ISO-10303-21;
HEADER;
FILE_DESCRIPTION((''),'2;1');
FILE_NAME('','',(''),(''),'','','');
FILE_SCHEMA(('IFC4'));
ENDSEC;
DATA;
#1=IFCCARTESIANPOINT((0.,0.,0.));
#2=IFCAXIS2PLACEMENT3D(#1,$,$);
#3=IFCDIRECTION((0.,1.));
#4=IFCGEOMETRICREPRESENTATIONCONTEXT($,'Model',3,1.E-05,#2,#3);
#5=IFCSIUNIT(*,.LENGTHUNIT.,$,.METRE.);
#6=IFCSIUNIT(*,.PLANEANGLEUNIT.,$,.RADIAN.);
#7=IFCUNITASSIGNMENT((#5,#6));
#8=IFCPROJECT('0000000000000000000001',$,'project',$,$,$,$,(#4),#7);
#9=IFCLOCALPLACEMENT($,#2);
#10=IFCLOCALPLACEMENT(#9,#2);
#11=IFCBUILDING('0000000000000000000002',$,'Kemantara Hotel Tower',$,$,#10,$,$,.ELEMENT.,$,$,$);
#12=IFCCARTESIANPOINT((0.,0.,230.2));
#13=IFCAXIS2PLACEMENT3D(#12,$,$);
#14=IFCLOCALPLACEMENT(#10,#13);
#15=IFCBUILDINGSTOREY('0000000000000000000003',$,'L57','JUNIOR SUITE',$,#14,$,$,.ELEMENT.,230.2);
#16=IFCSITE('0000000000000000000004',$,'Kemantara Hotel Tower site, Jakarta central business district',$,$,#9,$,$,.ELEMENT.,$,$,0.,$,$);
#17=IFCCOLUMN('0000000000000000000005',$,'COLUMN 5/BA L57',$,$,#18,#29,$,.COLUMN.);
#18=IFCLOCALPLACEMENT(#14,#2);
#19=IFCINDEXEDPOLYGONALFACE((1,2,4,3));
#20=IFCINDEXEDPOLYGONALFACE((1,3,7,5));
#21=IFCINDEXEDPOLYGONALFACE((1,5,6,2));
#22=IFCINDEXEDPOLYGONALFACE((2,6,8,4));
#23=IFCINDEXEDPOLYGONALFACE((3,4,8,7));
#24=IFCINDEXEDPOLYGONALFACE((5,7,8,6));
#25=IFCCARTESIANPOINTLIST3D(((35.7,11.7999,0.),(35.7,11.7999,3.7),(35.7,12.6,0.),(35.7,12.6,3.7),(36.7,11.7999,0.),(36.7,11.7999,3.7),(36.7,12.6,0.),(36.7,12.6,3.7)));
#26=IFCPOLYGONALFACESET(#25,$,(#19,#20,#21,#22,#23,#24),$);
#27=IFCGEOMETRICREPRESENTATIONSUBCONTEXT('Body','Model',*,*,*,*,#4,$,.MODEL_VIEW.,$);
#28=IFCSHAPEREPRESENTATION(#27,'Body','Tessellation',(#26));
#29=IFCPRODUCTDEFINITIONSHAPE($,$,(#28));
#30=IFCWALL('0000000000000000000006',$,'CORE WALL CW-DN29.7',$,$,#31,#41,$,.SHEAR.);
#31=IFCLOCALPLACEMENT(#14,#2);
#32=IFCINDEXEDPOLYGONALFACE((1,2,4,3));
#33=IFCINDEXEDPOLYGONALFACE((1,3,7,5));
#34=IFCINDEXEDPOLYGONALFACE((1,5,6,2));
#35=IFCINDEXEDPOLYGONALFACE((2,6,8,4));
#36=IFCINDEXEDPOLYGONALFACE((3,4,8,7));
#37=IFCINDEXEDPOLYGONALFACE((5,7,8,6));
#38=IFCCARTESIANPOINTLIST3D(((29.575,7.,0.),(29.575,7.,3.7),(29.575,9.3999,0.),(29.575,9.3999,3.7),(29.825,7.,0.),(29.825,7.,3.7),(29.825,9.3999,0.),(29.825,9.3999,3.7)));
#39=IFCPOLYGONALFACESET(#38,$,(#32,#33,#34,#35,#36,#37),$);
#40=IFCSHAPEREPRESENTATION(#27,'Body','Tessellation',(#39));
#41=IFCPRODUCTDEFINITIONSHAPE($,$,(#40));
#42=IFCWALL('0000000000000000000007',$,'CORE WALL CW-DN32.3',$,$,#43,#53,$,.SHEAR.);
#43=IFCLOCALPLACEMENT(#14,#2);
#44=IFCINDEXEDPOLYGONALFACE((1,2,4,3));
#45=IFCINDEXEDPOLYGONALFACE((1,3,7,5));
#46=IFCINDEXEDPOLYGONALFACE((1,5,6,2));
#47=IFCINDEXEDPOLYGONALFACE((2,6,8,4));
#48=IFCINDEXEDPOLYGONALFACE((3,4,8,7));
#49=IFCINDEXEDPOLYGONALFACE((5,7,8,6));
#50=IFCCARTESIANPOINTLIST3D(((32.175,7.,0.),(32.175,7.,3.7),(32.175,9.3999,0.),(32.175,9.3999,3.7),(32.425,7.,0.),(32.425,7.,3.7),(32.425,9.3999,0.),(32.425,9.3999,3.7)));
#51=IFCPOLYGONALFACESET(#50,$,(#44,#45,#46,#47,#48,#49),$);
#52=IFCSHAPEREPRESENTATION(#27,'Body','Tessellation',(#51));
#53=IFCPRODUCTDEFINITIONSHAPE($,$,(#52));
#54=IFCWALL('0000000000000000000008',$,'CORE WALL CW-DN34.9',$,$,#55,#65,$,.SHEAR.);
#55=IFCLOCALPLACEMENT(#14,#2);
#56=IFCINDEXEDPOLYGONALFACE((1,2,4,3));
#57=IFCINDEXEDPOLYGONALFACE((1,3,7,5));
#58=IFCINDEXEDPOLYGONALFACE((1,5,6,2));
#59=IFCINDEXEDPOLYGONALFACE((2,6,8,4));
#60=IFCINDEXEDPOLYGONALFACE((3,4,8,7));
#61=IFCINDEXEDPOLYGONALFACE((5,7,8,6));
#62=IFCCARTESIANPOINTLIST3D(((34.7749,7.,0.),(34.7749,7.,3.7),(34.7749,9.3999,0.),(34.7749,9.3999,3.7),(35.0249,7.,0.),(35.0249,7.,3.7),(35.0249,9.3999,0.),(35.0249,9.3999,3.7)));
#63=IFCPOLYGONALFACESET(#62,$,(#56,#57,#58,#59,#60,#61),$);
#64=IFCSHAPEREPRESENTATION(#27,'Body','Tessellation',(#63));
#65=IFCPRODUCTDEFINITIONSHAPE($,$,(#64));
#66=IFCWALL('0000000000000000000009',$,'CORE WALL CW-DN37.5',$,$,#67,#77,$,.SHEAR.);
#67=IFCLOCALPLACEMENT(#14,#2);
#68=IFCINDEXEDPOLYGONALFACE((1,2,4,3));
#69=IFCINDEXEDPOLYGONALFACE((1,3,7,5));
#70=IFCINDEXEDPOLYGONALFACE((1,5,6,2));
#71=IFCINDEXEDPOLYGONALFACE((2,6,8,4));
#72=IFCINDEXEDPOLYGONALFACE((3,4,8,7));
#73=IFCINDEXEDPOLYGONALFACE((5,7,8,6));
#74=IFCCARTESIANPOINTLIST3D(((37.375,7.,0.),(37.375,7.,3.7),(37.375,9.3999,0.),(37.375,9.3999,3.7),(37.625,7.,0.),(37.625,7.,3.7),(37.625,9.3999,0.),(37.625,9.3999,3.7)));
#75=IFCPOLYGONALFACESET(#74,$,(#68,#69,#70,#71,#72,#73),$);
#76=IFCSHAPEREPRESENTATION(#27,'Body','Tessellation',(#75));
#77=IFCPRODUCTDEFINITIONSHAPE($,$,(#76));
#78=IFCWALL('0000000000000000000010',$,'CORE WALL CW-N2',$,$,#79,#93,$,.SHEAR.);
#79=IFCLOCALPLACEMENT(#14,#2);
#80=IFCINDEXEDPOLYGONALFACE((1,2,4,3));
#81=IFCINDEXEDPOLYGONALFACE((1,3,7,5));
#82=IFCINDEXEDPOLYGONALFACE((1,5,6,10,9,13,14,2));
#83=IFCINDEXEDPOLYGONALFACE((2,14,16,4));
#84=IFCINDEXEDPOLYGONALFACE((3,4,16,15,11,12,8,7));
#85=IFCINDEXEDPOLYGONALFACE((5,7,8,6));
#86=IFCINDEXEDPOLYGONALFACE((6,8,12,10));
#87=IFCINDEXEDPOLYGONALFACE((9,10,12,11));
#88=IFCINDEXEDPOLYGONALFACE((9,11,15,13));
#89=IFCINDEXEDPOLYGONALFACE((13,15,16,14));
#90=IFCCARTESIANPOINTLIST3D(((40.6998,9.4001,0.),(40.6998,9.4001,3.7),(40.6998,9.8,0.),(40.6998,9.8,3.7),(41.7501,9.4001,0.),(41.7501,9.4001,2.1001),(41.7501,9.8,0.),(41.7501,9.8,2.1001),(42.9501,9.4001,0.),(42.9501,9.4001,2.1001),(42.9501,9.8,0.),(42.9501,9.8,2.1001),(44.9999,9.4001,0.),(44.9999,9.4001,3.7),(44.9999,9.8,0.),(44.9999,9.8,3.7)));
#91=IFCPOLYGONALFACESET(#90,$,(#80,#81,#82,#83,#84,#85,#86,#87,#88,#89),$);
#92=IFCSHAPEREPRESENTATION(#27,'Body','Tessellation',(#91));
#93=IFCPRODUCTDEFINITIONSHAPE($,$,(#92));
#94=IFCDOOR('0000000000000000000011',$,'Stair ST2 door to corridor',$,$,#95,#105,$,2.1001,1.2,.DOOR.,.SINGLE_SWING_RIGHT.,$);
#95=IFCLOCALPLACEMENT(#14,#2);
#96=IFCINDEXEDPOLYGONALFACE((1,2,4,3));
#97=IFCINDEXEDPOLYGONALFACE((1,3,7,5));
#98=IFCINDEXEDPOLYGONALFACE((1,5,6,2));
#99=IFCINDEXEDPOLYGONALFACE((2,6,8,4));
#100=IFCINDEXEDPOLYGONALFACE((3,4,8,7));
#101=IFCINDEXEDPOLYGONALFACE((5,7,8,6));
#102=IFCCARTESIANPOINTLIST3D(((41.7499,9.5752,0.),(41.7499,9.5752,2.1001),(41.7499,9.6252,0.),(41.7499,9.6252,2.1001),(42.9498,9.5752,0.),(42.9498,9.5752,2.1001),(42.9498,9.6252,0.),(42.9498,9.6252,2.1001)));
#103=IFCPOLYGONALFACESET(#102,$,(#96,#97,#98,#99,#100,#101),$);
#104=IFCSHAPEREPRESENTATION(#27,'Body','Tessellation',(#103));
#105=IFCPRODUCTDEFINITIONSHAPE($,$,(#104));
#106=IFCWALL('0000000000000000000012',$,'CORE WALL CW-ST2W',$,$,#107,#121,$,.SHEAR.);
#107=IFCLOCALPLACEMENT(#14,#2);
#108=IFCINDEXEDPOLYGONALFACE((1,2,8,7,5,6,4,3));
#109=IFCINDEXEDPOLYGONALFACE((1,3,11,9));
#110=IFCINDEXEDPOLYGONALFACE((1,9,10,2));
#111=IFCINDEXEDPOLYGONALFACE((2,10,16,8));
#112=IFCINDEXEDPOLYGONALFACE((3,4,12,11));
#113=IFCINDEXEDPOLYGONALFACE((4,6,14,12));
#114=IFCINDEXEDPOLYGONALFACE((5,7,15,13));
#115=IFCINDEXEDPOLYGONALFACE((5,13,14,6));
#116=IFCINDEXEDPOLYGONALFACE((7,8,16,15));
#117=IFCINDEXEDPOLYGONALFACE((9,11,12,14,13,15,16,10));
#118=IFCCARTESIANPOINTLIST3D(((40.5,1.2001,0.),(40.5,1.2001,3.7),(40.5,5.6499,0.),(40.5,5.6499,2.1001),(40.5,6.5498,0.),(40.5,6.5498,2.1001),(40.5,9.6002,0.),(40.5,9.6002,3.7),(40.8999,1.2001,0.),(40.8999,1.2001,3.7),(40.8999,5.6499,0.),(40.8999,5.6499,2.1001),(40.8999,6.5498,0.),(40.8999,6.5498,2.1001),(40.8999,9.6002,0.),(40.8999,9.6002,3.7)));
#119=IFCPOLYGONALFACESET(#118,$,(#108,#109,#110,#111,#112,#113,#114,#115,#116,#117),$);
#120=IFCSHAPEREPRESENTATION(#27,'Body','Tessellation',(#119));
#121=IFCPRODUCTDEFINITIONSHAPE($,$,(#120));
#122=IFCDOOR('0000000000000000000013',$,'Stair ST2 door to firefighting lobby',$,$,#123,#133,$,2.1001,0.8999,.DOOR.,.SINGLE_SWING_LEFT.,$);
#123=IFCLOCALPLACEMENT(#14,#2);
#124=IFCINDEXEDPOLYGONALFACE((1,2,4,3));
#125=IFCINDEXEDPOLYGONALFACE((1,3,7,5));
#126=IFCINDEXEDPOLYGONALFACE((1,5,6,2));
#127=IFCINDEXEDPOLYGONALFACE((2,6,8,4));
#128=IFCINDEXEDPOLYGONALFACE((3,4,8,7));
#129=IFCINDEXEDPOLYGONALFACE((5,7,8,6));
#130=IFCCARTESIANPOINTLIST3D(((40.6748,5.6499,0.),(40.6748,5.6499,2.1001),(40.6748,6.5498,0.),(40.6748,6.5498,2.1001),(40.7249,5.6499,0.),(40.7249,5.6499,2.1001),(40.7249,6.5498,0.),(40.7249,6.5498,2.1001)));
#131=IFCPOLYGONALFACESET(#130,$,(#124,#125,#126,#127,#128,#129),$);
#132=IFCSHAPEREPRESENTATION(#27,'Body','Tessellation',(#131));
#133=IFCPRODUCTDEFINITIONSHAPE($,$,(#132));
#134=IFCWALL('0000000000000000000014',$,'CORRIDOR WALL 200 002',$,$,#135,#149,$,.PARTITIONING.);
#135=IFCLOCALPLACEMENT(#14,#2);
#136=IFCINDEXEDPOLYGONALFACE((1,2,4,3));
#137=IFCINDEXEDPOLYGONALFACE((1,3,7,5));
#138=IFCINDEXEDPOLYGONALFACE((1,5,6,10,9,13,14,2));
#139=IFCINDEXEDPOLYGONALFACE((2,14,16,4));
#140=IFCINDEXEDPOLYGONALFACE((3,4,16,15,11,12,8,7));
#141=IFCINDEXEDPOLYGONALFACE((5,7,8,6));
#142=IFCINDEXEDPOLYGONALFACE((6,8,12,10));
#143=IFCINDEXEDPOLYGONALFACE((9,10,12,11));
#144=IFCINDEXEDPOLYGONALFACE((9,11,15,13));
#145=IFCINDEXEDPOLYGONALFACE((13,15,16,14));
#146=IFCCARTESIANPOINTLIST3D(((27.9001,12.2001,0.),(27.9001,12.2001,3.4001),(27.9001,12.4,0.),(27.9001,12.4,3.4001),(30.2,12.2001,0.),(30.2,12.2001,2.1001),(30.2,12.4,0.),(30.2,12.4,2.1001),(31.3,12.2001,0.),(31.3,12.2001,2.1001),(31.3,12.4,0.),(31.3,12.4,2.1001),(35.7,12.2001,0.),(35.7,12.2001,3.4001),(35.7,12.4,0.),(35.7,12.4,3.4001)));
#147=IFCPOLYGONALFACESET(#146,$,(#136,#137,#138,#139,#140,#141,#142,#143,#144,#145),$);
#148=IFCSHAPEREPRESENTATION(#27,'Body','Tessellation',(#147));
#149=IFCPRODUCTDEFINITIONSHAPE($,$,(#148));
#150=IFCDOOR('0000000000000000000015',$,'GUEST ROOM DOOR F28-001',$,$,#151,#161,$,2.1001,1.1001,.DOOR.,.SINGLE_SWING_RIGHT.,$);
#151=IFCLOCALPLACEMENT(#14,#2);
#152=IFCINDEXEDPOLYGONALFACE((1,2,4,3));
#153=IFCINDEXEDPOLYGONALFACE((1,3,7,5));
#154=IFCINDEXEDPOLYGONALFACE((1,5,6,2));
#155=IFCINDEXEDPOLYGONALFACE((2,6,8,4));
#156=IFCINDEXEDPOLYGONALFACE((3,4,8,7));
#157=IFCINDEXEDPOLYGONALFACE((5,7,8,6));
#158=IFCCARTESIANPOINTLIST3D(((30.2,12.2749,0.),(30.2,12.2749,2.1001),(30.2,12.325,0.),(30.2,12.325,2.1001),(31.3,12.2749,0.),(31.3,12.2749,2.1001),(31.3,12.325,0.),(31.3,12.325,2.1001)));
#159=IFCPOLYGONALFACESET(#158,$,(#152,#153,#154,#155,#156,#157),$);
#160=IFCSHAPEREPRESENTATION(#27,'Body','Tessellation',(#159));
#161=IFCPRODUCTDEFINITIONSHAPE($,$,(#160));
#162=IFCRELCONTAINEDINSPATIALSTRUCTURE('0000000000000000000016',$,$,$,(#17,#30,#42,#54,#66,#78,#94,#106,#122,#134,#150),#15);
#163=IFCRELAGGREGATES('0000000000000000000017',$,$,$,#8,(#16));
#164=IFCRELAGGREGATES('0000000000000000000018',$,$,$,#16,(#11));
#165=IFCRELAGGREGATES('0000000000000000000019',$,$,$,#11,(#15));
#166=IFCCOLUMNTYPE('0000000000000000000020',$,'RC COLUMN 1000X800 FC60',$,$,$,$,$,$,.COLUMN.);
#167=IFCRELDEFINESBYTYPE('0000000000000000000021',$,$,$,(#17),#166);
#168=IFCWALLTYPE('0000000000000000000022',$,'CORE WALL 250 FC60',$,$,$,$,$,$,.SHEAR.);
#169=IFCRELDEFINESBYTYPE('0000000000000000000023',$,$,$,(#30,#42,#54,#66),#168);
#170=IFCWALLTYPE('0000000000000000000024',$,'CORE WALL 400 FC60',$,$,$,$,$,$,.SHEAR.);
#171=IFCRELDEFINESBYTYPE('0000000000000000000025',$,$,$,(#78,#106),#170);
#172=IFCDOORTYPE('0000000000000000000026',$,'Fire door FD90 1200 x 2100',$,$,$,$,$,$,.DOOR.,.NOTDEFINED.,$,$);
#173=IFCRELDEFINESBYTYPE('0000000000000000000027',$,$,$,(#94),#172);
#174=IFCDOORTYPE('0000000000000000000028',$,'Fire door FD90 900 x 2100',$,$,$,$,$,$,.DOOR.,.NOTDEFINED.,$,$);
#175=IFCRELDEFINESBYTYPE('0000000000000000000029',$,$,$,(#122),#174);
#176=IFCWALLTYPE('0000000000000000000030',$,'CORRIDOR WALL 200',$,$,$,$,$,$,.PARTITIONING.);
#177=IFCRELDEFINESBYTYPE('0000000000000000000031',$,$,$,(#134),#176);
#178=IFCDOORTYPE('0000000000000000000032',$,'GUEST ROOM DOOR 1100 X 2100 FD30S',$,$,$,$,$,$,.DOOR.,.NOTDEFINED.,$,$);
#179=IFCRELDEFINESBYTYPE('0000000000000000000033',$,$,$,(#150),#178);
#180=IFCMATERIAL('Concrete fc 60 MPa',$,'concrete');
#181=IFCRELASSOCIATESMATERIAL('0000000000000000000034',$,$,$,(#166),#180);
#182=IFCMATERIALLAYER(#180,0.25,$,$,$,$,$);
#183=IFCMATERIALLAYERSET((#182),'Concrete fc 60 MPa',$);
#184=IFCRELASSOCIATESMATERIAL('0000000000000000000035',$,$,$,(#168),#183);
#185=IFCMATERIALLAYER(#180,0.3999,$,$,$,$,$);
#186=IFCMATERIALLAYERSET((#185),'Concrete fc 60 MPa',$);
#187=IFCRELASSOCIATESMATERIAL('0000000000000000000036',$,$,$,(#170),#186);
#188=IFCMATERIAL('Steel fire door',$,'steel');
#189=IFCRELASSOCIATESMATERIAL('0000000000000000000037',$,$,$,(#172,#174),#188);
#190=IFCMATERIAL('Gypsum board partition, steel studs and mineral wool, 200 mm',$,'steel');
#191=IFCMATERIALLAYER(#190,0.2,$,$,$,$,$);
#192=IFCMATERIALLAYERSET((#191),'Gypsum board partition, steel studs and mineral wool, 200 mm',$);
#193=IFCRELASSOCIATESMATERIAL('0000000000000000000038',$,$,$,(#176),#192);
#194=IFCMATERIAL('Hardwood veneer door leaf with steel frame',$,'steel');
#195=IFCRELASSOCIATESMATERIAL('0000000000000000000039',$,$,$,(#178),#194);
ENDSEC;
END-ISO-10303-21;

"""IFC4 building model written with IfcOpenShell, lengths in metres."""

from ifc_helpers import new_model, si_unit, direction, frame, frame_2d, origin, origin_2d, place, context, subcontext, project, spatial, rectangle, extrude, material, layer, layer_set, material_profile, profile_set, type_object, element, fill, save


model = new_model("IFC4")

# Units and contexts
model_context = context("Model", 3, precision=1e-05, world=origin(), true_north=direction((0.0, 1.0)))
body_context = subcontext(model_context, "Body", "Model", "MODEL_VIEW")
ifc_project = project(units=[si_unit("LENGTHUNIT", "METRE"), si_unit("PLANEANGLEUNIT", "RADIAN")], contexts=[model_context])

# Site, building, storey
site_placement = place(None, origin())
site = spatial("IfcSite", under=ifc_project, at=site_placement, Name="Kemantara Hotel Tower site, Jakarta central business district", CompositionType="ELEMENT", RefElevation=0.0)
building_placement = place(site_placement, origin())
building = spatial("IfcBuilding", under=site, at=building_placement, Name="Kemantara Hotel Tower", CompositionType="ELEMENT")
storey_placement = place(building_placement, frame((0.0, 0.0, 230.2)))
storey = spatial("IfcBuildingStorey", under=building, at=storey_placement, Name="L57", Description="JUNIOR SUITE", CompositionType="ELEMENT", Elevation=230.2)

# Column
ifc_material_1 = material(Name="Concrete fc 60 MPa", Category="concrete")
ifc_material_profile = material_profile(ifc_material_1, rectangle(XDim=1.0, YDim=0.8, at=origin_2d()), Name="RC 1000X800")
ifc_profile_set = profile_set([ifc_material_profile], Name="Concrete fc 60 MPa")
column_type = type_object("IfcColumnType", Name="RC COLUMN 1000X800 FC60", PredefinedType="COLUMN", material=ifc_profile_set)
column_placement = place(storey_placement, frame((36.2, 12.2, 0.0), z_axis=(0.0, 0.0, 1.0), x_axis=(1.0, 0.0, 0.0)))
element("IfcColumn", 1, at=column_placement, inside=storey, type_object=column_type, Name="COLUMN 5/BA L57", PredefinedType="COLUMN", context=body_context, shape_type="SweptSolid", body=[
    extrude(rectangle(XDim=1.0, YDim=0.8, at=origin_2d()), origin(), (0.0, 0.0, 1.0), 3.7),
])

# Walls
ifc_layer_1 = layer(ifc_material_1, 0.25)
ifc_layer_set_1 = layer_set([ifc_layer_1], Name="Concrete fc 60 MPa")
wall_type_1 = type_object("IfcWallType", Name="CORE WALL 250 FC60", PredefinedType="SHEAR", material=ifc_layer_set_1)
for number, where, z_axis, x_axis, name in (
    (2, (29.7, 7.0, 0.0), (0.0, 0.0, 1.0), (0.0, 1.0, 0.0), "CORE WALL CW-DN29.7"),
    (3, (32.3, 7.0, 0.0), (0.0, 0.0, 1.0), (0.0, 1.0, 0.0), "CORE WALL CW-DN32.3"),
    (4, (34.8999, 7.0, 0.0), (0.0, 0.0, 1.0), (0.0, 1.0, 0.0), "CORE WALL CW-DN34.9"),
    (5, (37.5, 7.0, 0.0), (0.0, 0.0, 1.0), (0.0, 1.0, 0.0), "CORE WALL CW-DN37.5"),
):
    element("IfcWall", number, at=place(storey_placement, frame(where, z_axis=z_axis, x_axis=x_axis)), inside=storey, type_object=wall_type_1, Name=name, PredefinedType="SHEAR", context=body_context, shape_type="SweptSolid", body=[
        extrude(rectangle(XDim=2.3999, YDim=0.25, at=frame_2d((1.2, 0.0))), origin(), (0.0, 0.0, 1.0), 3.7),
    ])

# Walls, openings, doors
ifc_layer_2 = layer(ifc_material_1, 0.3999)
ifc_layer_set_2 = layer_set([ifc_layer_2], Name="Concrete fc 60 MPa")
wall_type_2 = type_object("IfcWallType", Name="CORE WALL 400 FC60", PredefinedType="SHEAR", material=ifc_layer_set_2)
wall_1_placement = place(storey_placement, frame((40.7, 9.6001, 0.0), z_axis=(0.0, 0.0, 1.0), x_axis=(1.0, 0.0, 0.0)))
wall_1 = element("IfcWall", 6, at=wall_1_placement, inside=storey, type_object=wall_type_2, Name="CORE WALL CW-N2", PredefinedType="SHEAR", context=body_context, shape_type="SweptSolid", body=[
    extrude(rectangle(XDim=4.3, YDim=0.3999, at=frame_2d((2.1499, 0.0))), origin(), (0.0, 0.0, 1.0), 3.7),
])
opening_1_placement = place(wall_1_placement, frame((1.05, 0.0, 0.0)))
opening_1 = element("IfcOpeningElement", 7, at=opening_1_placement, cuts=wall_1, PredefinedType="OPENING", context=body_context, shape_type="SweptSolid", body=[
    extrude(rectangle(XDim=1.2, YDim=2.1001, at=frame_2d((0.6001, 1.05))), frame((0.0, 0.21, 0.0), z_axis=(0.0, -1.0, 0.0), x_axis=(1.0, 0.0, 0.0)), (0.0, 0.0, 1.0), 0.4199),
])
ifc_material_2 = material(Name="Steel fire door", Category="steel")
door_type_1 = type_object("IfcDoorType", Name="Fire door FD90 1200 x 2100", OperationType="NOTDEFINED", PredefinedType="DOOR", material=ifc_material_2)
door_1_placement = place(opening_1_placement, frame((1.2, 0.0, 0.0), z_axis=(0.0, 0.0, 1.0), x_axis=(-1.0, 0.0, 0.0)))
door_1 = element("IfcDoor", 8, at=door_1_placement, inside=storey, type_object=door_type_1, Name="Stair ST2 door to corridor", OperationType="SINGLE_SWING_RIGHT", OverallHeight=2.1001, OverallWidth=1.2, PredefinedType="DOOR", context=body_context, shape_type="SweptSolid", body=[
    extrude(rectangle(XDim=1.2, YDim=2.1001, at=frame_2d((0.6001, 1.05))), frame((0.0, 0.0249, 0.0), z_axis=(0.0, -1.0, 0.0), x_axis=(1.0, 0.0, 0.0)), (0.0, 0.0, 1.0), 0.05),
])
fill(opening_1, door_1)
wall_2_placement = place(storey_placement, frame((40.7, 1.2, 0.0), z_axis=(0.0, 0.0, 1.0), x_axis=(0.0, 1.0, 0.0)))
wall_2 = element("IfcWall", 9, at=wall_2_placement, inside=storey, type_object=wall_type_2, Name="CORE WALL CW-ST2W", PredefinedType="SHEAR", context=body_context, shape_type="SweptSolid", body=[
    extrude(rectangle(XDim=8.4001, YDim=0.3999, at=frame_2d((4.2002, 0.0))), origin(), (0.0, 0.0, 1.0), 3.7),
])
opening_2_placement = place(wall_2_placement, frame((4.45, 0.0, 0.0)))
opening_2 = element("IfcOpeningElement", 10, at=opening_2_placement, cuts=wall_2, PredefinedType="OPENING", context=body_context, shape_type="SweptSolid", body=[
    extrude(rectangle(XDim=0.8999, YDim=2.1001, at=frame_2d((0.45, 1.05))), frame((0.0, 0.21, 0.0), z_axis=(0.0, -1.0, 0.0), x_axis=(1.0, 0.0, 0.0)), (0.0, 0.0, 1.0), 0.4199),
])
door_type_2 = type_object("IfcDoorType", Name="Fire door FD90 900 x 2100", OperationType="NOTDEFINED", PredefinedType="DOOR", material=ifc_material_2)
door_2_placement = place(opening_2_placement, frame((0.8999, 0.0, 0.0), z_axis=(0.0, 0.0, 1.0), x_axis=(-1.0, 0.0, 0.0)))
door_2 = element("IfcDoor", 11, at=door_2_placement, inside=storey, type_object=door_type_2, Name="Stair ST2 door to firefighting lobby", OperationType="SINGLE_SWING_LEFT", OverallHeight=2.1001, OverallWidth=0.8999, PredefinedType="DOOR", context=body_context, shape_type="SweptSolid", body=[
    extrude(rectangle(XDim=0.8999, YDim=2.1001, at=frame_2d((0.45, 1.05))), frame((0.0, 0.0249, 0.0), z_axis=(0.0, -1.0, 0.0), x_axis=(1.0, 0.0, 0.0)), (0.0, 0.0, 1.0), 0.05),
])
fill(opening_2, door_2)
ifc_material_3 = material(Name="Gypsum board partition, steel studs and mineral wool, 200 mm", Category="steel")
ifc_layer_3 = layer(ifc_material_3, 0.2)
ifc_layer_set_3 = layer_set([ifc_layer_3], Name="Gypsum board partition, steel studs and mineral wool, 200 mm")
wall_type_3 = type_object("IfcWallType", Name="CORRIDOR WALL 200", PredefinedType="PARTITIONING", material=ifc_layer_set_3)
wall_3_placement = place(storey_placement, frame((27.9001, 12.3, 0.0), z_axis=(0.0, 0.0, 1.0), x_axis=(1.0, 0.0, 0.0)))
wall_3 = element("IfcWall", 12, at=wall_3_placement, inside=storey, type_object=wall_type_3, Name="CORRIDOR WALL 200 002", PredefinedType="PARTITIONING", context=body_context, shape_type="SweptSolid", body=[
    extrude(rectangle(XDim=7.7998, YDim=0.2, at=frame_2d((3.8999, 0.0))), origin(), (0.0, 0.0, 1.0), 3.4001),
])
opening_3_placement = place(wall_3_placement, frame((2.2998, 0.0, 0.0)))
opening_3 = element("IfcOpeningElement", 13, at=opening_3_placement, cuts=wall_3, PredefinedType="OPENING", context=body_context, shape_type="SweptSolid", body=[
    extrude(rectangle(XDim=1.1001, YDim=2.1001, at=frame_2d((0.55, 1.05))), frame((0.0, 0.1099, 0.0), z_axis=(0.0, -1.0, 0.0), x_axis=(1.0, 0.0, 0.0)), (0.0, 0.0, 1.0), 0.22),
])
ifc_material_4 = material(Name="Hardwood veneer door leaf with steel frame", Category="steel")
door_type_3 = type_object("IfcDoorType", Name="GUEST ROOM DOOR 1100 X 2100 FD30S", OperationType="NOTDEFINED", PredefinedType="DOOR", material=ifc_material_4)
door_3_placement = place(opening_3_placement, origin())
door_3 = element("IfcDoor", 14, at=door_3_placement, inside=storey, type_object=door_type_3, Name="GUEST ROOM DOOR F28-001", OperationType="SINGLE_SWING_RIGHT", OverallHeight=2.1001, OverallWidth=1.1001, PredefinedType="DOOR", context=body_context, shape_type="SweptSolid", body=[
    extrude(rectangle(XDim=1.1001, YDim=2.1001, at=frame_2d((0.55, 1.05))), frame((0.0, 0.0249, 0.0), z_axis=(0.0, -1.0, 0.0), x_axis=(1.0, 0.0, 0.0)), (0.0, 0.0, 1.0), 0.05),
])
fill(opening_3, door_3)

save(model, "model.ifc")
